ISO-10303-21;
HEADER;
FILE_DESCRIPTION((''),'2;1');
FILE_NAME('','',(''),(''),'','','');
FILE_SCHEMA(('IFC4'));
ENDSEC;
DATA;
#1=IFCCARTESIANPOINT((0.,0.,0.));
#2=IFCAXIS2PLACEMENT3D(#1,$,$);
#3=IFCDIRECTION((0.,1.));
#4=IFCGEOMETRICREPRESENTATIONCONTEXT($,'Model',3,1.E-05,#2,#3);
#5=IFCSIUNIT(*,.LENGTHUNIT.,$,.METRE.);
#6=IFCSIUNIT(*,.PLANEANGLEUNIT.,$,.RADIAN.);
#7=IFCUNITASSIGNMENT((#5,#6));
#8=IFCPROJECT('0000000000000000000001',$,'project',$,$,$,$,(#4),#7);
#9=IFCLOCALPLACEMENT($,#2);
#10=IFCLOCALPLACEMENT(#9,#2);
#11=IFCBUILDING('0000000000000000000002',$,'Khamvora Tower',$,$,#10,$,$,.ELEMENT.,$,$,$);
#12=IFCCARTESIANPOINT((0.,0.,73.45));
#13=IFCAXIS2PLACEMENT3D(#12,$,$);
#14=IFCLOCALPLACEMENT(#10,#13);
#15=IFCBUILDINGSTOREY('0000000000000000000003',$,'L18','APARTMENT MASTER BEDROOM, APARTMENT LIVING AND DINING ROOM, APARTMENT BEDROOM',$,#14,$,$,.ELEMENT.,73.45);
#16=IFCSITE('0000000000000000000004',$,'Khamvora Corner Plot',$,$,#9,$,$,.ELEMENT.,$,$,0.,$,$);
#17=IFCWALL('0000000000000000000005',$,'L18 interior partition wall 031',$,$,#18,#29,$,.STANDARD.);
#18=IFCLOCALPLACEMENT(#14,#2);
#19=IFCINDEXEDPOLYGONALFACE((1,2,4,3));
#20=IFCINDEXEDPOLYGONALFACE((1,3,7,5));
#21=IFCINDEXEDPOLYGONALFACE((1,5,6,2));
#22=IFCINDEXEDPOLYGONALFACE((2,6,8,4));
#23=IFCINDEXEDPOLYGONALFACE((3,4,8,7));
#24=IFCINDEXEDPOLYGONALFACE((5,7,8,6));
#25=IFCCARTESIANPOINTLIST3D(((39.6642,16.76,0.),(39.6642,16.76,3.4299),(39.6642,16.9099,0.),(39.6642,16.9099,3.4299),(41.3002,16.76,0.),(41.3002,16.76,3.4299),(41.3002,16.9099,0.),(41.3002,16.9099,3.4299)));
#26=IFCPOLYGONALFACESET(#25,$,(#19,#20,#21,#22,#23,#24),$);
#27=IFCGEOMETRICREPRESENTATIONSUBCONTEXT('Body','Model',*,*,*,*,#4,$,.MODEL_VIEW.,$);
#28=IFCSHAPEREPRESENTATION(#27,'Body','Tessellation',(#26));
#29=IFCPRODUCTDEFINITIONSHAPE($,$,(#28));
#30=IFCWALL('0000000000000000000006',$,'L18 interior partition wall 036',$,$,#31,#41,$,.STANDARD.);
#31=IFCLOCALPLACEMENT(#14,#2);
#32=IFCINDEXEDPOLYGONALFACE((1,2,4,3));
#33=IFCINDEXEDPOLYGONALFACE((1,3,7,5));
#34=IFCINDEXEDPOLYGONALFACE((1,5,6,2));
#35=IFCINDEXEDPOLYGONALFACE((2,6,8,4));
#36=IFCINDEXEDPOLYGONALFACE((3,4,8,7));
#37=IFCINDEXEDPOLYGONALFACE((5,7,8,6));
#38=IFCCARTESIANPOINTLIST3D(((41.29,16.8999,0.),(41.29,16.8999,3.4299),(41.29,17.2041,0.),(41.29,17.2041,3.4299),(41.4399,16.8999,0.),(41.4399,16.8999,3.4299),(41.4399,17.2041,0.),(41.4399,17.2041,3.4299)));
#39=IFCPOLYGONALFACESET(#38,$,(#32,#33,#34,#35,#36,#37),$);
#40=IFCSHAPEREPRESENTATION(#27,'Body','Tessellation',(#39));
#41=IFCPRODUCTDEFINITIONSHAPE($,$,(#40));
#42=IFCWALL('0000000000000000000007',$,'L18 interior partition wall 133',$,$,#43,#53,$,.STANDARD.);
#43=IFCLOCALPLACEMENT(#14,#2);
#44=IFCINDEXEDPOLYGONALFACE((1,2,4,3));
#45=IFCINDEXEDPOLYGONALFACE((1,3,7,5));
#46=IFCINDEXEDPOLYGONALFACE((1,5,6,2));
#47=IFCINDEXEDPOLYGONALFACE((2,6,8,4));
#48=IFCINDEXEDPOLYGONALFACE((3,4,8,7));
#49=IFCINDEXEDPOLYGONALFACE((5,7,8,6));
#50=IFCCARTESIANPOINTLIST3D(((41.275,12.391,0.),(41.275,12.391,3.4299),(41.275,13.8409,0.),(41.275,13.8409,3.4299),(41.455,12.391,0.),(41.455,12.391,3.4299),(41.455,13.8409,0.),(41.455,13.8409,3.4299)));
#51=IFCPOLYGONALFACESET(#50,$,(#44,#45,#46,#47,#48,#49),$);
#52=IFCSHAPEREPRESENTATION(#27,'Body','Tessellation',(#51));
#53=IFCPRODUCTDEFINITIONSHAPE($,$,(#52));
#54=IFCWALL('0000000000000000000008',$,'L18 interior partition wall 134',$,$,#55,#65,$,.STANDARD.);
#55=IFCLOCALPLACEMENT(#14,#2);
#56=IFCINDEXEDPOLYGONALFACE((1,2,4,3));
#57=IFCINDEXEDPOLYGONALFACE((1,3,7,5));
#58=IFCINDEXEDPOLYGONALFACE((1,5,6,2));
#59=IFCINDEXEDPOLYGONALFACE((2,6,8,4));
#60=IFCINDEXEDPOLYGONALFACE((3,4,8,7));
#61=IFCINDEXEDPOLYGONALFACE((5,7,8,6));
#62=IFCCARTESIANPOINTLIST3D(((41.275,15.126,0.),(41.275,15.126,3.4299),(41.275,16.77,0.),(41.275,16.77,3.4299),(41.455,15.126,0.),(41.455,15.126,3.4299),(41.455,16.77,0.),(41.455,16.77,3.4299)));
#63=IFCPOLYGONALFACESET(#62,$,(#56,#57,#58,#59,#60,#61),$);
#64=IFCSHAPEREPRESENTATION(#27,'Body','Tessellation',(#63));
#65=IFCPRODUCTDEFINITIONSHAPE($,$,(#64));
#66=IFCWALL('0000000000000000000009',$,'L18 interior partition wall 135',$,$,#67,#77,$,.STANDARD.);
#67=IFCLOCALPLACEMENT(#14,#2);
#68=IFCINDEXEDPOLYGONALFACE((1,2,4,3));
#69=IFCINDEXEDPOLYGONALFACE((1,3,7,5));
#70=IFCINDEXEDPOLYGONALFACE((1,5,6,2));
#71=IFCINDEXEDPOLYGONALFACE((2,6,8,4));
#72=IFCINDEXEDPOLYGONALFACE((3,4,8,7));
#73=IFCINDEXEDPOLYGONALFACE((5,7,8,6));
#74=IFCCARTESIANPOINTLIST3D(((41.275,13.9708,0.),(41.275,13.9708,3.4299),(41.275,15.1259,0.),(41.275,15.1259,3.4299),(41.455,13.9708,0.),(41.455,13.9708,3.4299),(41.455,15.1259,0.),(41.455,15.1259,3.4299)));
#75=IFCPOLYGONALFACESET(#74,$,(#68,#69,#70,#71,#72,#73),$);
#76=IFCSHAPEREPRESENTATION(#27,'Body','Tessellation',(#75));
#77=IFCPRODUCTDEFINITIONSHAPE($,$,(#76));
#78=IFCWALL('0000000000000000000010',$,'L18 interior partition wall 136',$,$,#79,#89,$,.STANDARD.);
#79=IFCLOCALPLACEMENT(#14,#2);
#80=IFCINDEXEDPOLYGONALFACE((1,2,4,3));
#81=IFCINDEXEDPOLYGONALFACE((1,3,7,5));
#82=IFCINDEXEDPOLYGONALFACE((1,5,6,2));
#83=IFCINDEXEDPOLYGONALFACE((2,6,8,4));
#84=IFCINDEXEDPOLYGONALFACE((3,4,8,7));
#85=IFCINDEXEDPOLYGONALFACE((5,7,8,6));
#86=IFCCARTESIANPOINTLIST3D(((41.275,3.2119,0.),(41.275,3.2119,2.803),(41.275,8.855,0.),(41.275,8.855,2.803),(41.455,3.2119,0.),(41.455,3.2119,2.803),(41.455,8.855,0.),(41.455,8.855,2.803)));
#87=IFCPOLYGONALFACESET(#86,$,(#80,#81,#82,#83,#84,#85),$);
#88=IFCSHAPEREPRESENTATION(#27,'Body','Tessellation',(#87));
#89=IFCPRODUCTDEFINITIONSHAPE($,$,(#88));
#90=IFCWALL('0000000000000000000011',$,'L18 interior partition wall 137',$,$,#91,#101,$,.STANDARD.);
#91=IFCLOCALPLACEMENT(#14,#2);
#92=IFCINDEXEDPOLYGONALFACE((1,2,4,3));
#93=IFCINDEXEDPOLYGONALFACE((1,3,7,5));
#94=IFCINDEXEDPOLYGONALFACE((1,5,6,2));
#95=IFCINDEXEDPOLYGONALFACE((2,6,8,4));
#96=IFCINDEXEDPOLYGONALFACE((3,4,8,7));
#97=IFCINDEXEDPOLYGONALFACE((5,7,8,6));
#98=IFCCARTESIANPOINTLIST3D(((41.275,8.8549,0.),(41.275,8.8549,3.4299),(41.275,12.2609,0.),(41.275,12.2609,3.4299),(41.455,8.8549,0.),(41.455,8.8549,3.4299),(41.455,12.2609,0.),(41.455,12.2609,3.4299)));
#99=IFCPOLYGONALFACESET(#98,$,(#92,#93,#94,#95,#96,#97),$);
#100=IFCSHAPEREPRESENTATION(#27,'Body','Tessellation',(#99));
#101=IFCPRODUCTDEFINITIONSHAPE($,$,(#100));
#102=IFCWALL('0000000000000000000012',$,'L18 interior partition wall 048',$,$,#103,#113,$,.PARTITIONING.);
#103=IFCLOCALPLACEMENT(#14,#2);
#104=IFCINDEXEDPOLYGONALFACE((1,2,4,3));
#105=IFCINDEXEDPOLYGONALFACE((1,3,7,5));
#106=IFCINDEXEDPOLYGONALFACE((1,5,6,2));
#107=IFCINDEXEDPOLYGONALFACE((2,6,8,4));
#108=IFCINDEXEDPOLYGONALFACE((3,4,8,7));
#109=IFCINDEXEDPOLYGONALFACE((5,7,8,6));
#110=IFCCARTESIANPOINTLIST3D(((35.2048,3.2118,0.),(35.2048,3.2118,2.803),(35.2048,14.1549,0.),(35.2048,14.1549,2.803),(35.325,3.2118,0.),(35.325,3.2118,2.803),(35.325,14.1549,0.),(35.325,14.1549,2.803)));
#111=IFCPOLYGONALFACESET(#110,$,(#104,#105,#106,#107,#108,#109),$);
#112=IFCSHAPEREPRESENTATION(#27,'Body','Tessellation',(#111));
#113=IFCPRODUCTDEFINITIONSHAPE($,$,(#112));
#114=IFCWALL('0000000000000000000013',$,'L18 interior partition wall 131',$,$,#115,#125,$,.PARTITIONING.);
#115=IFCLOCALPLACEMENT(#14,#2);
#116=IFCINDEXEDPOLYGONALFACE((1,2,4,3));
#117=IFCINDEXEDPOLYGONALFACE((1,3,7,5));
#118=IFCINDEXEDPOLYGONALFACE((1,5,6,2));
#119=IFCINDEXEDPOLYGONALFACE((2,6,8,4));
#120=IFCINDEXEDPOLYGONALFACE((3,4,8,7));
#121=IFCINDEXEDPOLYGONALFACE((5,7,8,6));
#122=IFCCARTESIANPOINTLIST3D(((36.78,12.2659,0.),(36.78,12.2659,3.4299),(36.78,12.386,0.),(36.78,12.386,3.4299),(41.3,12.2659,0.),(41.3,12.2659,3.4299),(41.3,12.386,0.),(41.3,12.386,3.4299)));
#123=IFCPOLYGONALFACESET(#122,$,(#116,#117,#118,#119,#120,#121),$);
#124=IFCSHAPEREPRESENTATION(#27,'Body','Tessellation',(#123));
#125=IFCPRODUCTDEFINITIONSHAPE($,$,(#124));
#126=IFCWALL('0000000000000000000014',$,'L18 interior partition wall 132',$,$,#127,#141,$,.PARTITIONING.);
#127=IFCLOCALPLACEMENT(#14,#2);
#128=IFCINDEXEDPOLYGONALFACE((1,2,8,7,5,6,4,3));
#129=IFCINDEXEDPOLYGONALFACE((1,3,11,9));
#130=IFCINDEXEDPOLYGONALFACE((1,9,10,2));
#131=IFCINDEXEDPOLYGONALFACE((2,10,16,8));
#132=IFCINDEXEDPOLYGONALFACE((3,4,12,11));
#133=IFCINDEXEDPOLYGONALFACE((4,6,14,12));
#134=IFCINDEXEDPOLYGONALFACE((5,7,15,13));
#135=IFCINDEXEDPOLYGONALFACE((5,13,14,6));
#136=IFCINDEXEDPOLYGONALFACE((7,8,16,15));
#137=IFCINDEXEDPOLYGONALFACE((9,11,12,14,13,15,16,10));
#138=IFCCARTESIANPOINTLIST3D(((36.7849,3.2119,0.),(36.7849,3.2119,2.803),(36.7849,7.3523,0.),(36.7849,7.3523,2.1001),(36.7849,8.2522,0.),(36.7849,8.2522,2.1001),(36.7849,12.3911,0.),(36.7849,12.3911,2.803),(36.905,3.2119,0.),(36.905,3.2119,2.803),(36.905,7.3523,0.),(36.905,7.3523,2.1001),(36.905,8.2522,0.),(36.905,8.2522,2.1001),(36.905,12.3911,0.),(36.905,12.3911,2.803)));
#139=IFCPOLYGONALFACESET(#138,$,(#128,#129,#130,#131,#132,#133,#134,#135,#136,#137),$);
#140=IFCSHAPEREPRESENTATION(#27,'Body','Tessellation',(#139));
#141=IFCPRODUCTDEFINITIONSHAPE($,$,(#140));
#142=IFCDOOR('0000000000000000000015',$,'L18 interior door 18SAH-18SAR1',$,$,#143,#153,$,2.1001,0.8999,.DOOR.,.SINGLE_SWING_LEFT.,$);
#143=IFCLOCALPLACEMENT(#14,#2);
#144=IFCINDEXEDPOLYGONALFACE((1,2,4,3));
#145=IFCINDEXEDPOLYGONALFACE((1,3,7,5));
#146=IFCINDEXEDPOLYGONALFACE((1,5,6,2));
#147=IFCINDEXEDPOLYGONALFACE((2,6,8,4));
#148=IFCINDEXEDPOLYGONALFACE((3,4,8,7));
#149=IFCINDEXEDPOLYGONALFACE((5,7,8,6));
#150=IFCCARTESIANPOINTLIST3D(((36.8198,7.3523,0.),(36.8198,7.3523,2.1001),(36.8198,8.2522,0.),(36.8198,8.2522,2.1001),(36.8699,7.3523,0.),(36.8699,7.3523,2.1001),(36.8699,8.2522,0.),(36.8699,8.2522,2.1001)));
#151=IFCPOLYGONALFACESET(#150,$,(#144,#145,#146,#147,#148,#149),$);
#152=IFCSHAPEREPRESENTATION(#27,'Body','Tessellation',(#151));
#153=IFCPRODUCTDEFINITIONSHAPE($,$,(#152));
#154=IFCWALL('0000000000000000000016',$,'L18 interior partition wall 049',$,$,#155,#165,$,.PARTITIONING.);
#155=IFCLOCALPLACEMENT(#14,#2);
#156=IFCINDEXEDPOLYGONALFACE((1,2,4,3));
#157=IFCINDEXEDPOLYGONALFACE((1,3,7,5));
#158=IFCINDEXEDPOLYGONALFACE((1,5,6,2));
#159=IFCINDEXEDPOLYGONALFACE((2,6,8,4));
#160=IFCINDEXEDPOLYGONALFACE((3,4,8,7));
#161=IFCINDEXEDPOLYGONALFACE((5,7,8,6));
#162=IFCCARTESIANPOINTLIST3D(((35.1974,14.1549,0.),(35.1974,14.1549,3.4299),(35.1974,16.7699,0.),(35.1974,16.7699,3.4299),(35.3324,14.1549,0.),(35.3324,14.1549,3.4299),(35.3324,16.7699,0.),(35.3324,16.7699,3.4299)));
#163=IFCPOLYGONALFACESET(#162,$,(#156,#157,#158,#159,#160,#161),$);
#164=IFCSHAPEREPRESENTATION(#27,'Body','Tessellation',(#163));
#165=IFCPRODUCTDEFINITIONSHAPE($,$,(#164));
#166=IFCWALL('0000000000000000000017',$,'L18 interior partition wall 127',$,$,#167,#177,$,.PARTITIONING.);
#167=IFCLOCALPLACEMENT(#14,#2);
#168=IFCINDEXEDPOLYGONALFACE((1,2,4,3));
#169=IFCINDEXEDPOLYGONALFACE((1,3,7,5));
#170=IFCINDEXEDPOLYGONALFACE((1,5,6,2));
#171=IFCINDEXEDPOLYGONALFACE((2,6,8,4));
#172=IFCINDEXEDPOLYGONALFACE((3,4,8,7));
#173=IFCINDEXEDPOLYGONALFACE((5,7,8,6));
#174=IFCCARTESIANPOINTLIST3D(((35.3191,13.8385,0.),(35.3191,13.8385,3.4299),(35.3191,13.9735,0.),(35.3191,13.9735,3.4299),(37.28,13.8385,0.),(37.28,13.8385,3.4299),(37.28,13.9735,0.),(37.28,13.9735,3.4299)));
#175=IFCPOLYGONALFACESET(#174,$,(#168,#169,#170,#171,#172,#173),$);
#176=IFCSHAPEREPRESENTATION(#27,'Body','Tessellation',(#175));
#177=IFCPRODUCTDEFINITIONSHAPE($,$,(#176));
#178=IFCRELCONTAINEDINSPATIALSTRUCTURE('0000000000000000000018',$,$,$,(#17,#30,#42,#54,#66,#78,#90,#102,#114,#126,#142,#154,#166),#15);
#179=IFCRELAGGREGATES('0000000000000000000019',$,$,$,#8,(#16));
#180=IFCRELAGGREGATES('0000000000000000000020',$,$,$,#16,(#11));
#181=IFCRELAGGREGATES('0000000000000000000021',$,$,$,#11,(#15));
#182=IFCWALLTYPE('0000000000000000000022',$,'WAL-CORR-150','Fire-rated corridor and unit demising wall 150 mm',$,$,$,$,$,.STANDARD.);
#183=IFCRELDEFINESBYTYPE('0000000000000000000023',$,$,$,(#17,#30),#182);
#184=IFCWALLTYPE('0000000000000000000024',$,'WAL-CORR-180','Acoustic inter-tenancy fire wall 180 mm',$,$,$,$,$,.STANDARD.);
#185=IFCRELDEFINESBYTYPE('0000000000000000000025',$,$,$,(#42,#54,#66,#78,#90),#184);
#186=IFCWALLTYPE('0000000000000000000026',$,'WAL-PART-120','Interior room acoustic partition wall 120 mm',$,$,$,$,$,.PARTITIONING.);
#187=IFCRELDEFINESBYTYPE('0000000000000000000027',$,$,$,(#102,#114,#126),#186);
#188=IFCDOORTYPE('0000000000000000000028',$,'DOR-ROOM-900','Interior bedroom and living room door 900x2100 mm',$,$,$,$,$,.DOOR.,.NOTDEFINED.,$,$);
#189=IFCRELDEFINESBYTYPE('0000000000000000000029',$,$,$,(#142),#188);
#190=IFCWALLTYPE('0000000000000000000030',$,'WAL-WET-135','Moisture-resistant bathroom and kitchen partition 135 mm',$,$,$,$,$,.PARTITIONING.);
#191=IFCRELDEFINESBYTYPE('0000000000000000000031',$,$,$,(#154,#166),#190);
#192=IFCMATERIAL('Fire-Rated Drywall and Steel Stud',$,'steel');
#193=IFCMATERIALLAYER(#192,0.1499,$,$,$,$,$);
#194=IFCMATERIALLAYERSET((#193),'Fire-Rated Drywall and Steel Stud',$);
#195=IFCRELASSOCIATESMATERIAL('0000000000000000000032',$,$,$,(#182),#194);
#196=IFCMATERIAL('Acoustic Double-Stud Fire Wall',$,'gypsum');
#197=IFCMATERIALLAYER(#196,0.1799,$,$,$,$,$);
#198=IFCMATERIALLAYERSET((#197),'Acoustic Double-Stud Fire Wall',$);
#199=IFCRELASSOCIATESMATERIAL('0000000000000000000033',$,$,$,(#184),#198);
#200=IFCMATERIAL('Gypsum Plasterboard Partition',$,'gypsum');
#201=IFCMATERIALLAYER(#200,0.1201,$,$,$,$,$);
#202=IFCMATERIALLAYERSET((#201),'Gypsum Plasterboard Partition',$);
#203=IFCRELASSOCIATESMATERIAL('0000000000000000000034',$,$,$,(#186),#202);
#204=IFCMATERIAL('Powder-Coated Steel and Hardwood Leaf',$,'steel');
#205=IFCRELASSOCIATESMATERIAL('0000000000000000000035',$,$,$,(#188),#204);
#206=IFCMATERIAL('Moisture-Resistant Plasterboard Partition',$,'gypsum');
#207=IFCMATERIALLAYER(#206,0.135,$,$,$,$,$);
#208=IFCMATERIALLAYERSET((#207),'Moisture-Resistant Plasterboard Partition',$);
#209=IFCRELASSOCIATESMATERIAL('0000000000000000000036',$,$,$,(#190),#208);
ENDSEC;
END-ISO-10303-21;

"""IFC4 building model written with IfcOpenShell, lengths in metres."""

from ifc_helpers import new_model, si_unit, direction, frame, frame_2d, origin, place, context, subcontext, project, spatial, rectangle, extrude, material, layer, layer_set, type_object, element, fill, save


model = new_model("IFC4")

# Units and contexts
model_context = context("Model", 3, precision=1e-05, world=origin(), true_north=direction((0.0, 1.0)))
body_context = subcontext(model_context, "Body", "Model", "MODEL_VIEW")
ifc_project = project(units=[si_unit("LENGTHUNIT", "METRE"), si_unit("PLANEANGLEUNIT", "RADIAN")], contexts=[model_context])

# Site, building, storey
site_placement = place(None, origin())
site = spatial("IfcSite", under=ifc_project, at=site_placement, Name="Khamvora Corner Plot", CompositionType="ELEMENT", RefElevation=0.0)
building_placement = place(site_placement, origin())
building = spatial("IfcBuilding", under=site, at=building_placement, Name="Khamvora Tower", CompositionType="ELEMENT")
storey_placement = place(building_placement, frame((0.0, 0.0, 73.45)))
storey = spatial("IfcBuildingStorey", under=building, at=storey_placement, Name="L18", Description="APARTMENT MASTER BEDROOM, APARTMENT LIVING AND DINING ROOM, APARTMENT BEDROOM", CompositionType="ELEMENT", Elevation=73.45)

# Shared definitions
ifc_material_1 = material(Name="Fire-Rated Drywall and Steel Stud", Category="steel")
ifc_layer_1 = layer(ifc_material_1, 0.1499)
ifc_layer_set_1 = layer_set([ifc_layer_1], Name="Fire-Rated Drywall and Steel Stud")
wall_type_1 = type_object("IfcWallType", Name="WAL-CORR-150", Description="Fire-rated corridor and unit demising wall 150 mm", PredefinedType="STANDARD", material=ifc_layer_set_1)
ifc_material_2 = material(Name="Powder-Coated Steel and Hardwood Leaf", Category="steel")

# Walls
wall_1_placement = place(storey_placement, frame((41.3, 16.835, 0.0), z_axis=(0.0, 0.0, 1.0), x_axis=(-1.0, 0.0, 0.0)))
element("IfcWall", 1, at=wall_1_placement, inside=storey, type_object=wall_type_1, Name="L18 interior partition wall 031", PredefinedType="STANDARD", context=body_context, shape_type="SweptSolid", body=[
    extrude(rectangle(XDim=1.636, YDim=0.1499, at=frame_2d((0.8179, 0.0))), origin(), (0.0, 0.0, 1.0), 3.4299),
])
wall_2_placement = place(storey_placement, frame((41.365, 17.2041, 0.0), z_axis=(0.0, 0.0, 1.0), x_axis=(0.0, -1.0, 0.0)))
element("IfcWall", 2, at=wall_2_placement, inside=storey, type_object=wall_type_1, Name="L18 interior partition wall 036", PredefinedType="STANDARD", context=body_context, shape_type="SweptSolid", body=[
    extrude(rectangle(XDim=0.3042, YDim=0.1499, at=frame_2d((0.1521, 0.0))), origin(), (0.0, 0.0, 1.0), 3.4299),
])
ifc_material_3 = material(Name="Acoustic Double-Stud Fire Wall", Category="gypsum")
ifc_layer_2 = layer(ifc_material_3, 0.1799)
ifc_layer_set_2 = layer_set([ifc_layer_2], Name="Acoustic Double-Stud Fire Wall")
wall_type_2 = type_object("IfcWallType", Name="WAL-CORR-180", Description="Acoustic inter-tenancy fire wall 180 mm", PredefinedType="STANDARD", material=ifc_layer_set_2)
wall_3_placement = place(storey_placement, frame((41.365, 13.8411, 0.0), z_axis=(0.0, 0.0, 1.0), x_axis=(0.0, -1.0, 0.0)))
element("IfcWall", 3, at=wall_3_placement, inside=storey, type_object=wall_type_2, Name="L18 interior partition wall 133", PredefinedType="STANDARD", context=body_context, shape_type="SweptSolid", body=[
    extrude(rectangle(XDim=1.45, YDim=0.1799, at=frame_2d((0.7251, 0.0))), origin(), (0.0, 0.0, 1.0), 3.4299),
])
wall_4_placement = place(storey_placement, frame((41.365, 16.77, 0.0), z_axis=(0.0, 0.0, 1.0), x_axis=(0.0, -1.0, 0.0)))
element("IfcWall", 4, at=wall_4_placement, inside=storey, type_object=wall_type_2, Name="L18 interior partition wall 134", PredefinedType="STANDARD", context=body_context, shape_type="SweptSolid", body=[
    extrude(rectangle(XDim=1.644, YDim=0.1799, at=frame_2d((0.822, 0.0))), origin(), (0.0, 0.0, 1.0), 3.4299),
])
wall_5_placement = place(storey_placement, frame((41.365, 15.126, 0.0), z_axis=(0.0, 0.0, 1.0), x_axis=(0.0, -1.0, 0.0)))
element("IfcWall", 5, at=wall_5_placement, inside=storey, type_object=wall_type_2, Name="L18 interior partition wall 135", PredefinedType="STANDARD", context=body_context, shape_type="SweptSolid", body=[
    extrude(rectangle(XDim=1.155, YDim=0.1799, at=frame_2d((0.5776, 0.0))), origin(), (0.0, 0.0, 1.0), 3.4299),
])
wall_6_placement = place(storey_placement, frame((41.365, 8.855, 0.0), z_axis=(0.0, 0.0, 1.0), x_axis=(0.0, -1.0, 0.0)))
element("IfcWall", 6, at=wall_6_placement, inside=storey, type_object=wall_type_2, Name="L18 interior partition wall 136", PredefinedType="STANDARD", context=body_context, shape_type="SweptSolid", body=[
    extrude(rectangle(XDim=5.6431, YDim=0.1799, at=frame_2d((2.8215, 0.0))), origin(), (0.0, 0.0, 1.0), 2.803),
])
wall_7_placement = place(storey_placement, frame((41.365, 12.261, 0.0), z_axis=(0.0, 0.0, 1.0), x_axis=(0.0, -1.0, 0.0)))
element("IfcWall", 7, at=wall_7_placement, inside=storey, type_object=wall_type_2, Name="L18 interior partition wall 137", PredefinedType="STANDARD", context=body_context, shape_type="SweptSolid", body=[
    extrude(rectangle(XDim=3.406, YDim=0.1799, at=frame_2d((1.7031, 0.0))), origin(), (0.0, 0.0, 1.0), 3.4299),
])
ifc_material_4 = material(Name="Gypsum Plasterboard Partition", Category="gypsum")
ifc_layer_3 = layer(ifc_material_4, 0.1201)
ifc_layer_set_3 = layer_set([ifc_layer_3], Name="Gypsum Plasterboard Partition")
wall_type_3 = type_object("IfcWallType", Name="WAL-PART-120", Description="Interior room acoustic partition wall 120 mm", PredefinedType="PARTITIONING", material=ifc_layer_set_3)
wall_8_placement = place(storey_placement, frame((35.2649, 14.155, 0.0), z_axis=(0.0, 0.0, 1.0), x_axis=(0.0, -1.0, 0.0)))
element("IfcWall", 8, at=wall_8_placement, inside=storey, type_object=wall_type_3, Name="L18 interior partition wall 048", PredefinedType="PARTITIONING", context=body_context, shape_type="SweptSolid", body=[
    extrude(rectangle(XDim=10.9431, YDim=0.1201, at=frame_2d((5.4717, 0.0))), origin(), (0.0, 0.0, 1.0), 2.803),
])
wall_9_placement = place(storey_placement, frame((41.3, 12.3259, 0.0), z_axis=(0.0, 0.0, 1.0), x_axis=(-1.0, 0.0, 0.0)))
element("IfcWall", 9, at=wall_9_placement, inside=storey, type_object=wall_type_3, Name="L18 interior partition wall 131", PredefinedType="PARTITIONING", context=body_context, shape_type="SweptSolid", body=[
    extrude(rectangle(XDim=4.52, YDim=0.1201, at=frame_2d((2.26, 0.0))), origin(), (0.0, 0.0, 1.0), 3.4299),
])

# Wall, opening, door
wall_10_placement = place(storey_placement, frame((36.845, 12.3911, 0.0), z_axis=(0.0, 0.0, 1.0), x_axis=(0.0, -1.0, 0.0)))
wall_10 = element("IfcWall", 10, at=wall_10_placement, inside=storey, type_object=wall_type_3, Name="L18 interior partition wall 132", PredefinedType="PARTITIONING", context=body_context, shape_type="SweptSolid", body=[
    extrude(rectangle(XDim=9.1792, YDim=0.1201, at=frame_2d((4.5896, 0.0))), origin(), (0.0, 0.0, 1.0), 2.803),
])
opening_1_placement = place(wall_10_placement, frame((4.1389, 0.0, 0.0)))
opening_1 = element("IfcOpeningElement", 11, at=opening_1_placement, cuts=wall_10, PredefinedType="OPENING", context=body_context, shape_type="SweptSolid", body=[
    extrude(rectangle(XDim=0.8999, YDim=2.1001, at=frame_2d((0.45, 1.05))), frame((0.0, 0.0701, 0.0), z_axis=(0.0, -1.0, 0.0), x_axis=(1.0, 0.0, 0.0)), (0.0, 0.0, 1.0), 0.1401),
])
door_type_1 = type_object("IfcDoorType", Name="DOR-ROOM-900", Description="Interior bedroom and living room door 900x2100 mm", OperationType="NOTDEFINED", PredefinedType="DOOR", material=ifc_material_2)
door_1_placement = place(opening_1_placement, origin())
door_1 = element("IfcDoor", 12, at=door_1_placement, inside=storey, type_object=door_type_1, Name="L18 interior door 18SAH-18SAR1", OperationType="SINGLE_SWING_LEFT", OverallHeight=2.1001, OverallWidth=0.8999, PredefinedType="DOOR", context=body_context, shape_type="SweptSolid", body=[
    extrude(rectangle(XDim=0.8999, YDim=2.1001, at=frame_2d((0.45, 1.05))), frame((0.0, 0.0249, 0.0), z_axis=(0.0, -1.0, 0.0), x_axis=(1.0, 0.0, 0.0)), (0.0, 0.0, 1.0), 0.05),
])
fill(opening_1, door_1)

# Walls
ifc_material_5 = material(Name="Moisture-Resistant Plasterboard Partition", Category="gypsum")
ifc_layer_4 = layer(ifc_material_5, 0.135)
ifc_layer_set_4 = layer_set([ifc_layer_4], Name="Moisture-Resistant Plasterboard Partition")
wall_type_4 = type_object("IfcWallType", Name="WAL-WET-135", Description="Moisture-resistant bathroom and kitchen partition 135 mm", PredefinedType="PARTITIONING", material=ifc_layer_set_4)
wall_11_placement = place(storey_placement, frame((35.2649, 16.77, 0.0), z_axis=(0.0, 0.0, 1.0), x_axis=(0.0, -1.0, 0.0)))
element("IfcWall", 13, at=wall_11_placement, inside=storey, type_object=wall_type_4, Name="L18 interior partition wall 049", PredefinedType="PARTITIONING", context=body_context, shape_type="SweptSolid", body=[
    extrude(rectangle(XDim=2.615, YDim=0.135, at=frame_2d((1.3076, 0.0))), origin(), (0.0, 0.0, 1.0), 3.4299),
])
wall_12_placement = place(storey_placement, frame((35.3191, 13.906, 0.0), z_axis=(0.0, 0.0, 1.0), x_axis=(1.0, 0.0, 0.0)))
element("IfcWall", 14, at=wall_12_placement, inside=storey, type_object=wall_type_4, Name="L18 interior partition wall 127", PredefinedType="PARTITIONING", context=body_context, shape_type="SweptSolid", body=[
    extrude(rectangle(XDim=1.9609, YDim=0.135, at=frame_2d((0.9805, 0.0))), origin(), (0.0, 0.0, 1.0), 3.4299),
])

save(model, "model.ifc")
